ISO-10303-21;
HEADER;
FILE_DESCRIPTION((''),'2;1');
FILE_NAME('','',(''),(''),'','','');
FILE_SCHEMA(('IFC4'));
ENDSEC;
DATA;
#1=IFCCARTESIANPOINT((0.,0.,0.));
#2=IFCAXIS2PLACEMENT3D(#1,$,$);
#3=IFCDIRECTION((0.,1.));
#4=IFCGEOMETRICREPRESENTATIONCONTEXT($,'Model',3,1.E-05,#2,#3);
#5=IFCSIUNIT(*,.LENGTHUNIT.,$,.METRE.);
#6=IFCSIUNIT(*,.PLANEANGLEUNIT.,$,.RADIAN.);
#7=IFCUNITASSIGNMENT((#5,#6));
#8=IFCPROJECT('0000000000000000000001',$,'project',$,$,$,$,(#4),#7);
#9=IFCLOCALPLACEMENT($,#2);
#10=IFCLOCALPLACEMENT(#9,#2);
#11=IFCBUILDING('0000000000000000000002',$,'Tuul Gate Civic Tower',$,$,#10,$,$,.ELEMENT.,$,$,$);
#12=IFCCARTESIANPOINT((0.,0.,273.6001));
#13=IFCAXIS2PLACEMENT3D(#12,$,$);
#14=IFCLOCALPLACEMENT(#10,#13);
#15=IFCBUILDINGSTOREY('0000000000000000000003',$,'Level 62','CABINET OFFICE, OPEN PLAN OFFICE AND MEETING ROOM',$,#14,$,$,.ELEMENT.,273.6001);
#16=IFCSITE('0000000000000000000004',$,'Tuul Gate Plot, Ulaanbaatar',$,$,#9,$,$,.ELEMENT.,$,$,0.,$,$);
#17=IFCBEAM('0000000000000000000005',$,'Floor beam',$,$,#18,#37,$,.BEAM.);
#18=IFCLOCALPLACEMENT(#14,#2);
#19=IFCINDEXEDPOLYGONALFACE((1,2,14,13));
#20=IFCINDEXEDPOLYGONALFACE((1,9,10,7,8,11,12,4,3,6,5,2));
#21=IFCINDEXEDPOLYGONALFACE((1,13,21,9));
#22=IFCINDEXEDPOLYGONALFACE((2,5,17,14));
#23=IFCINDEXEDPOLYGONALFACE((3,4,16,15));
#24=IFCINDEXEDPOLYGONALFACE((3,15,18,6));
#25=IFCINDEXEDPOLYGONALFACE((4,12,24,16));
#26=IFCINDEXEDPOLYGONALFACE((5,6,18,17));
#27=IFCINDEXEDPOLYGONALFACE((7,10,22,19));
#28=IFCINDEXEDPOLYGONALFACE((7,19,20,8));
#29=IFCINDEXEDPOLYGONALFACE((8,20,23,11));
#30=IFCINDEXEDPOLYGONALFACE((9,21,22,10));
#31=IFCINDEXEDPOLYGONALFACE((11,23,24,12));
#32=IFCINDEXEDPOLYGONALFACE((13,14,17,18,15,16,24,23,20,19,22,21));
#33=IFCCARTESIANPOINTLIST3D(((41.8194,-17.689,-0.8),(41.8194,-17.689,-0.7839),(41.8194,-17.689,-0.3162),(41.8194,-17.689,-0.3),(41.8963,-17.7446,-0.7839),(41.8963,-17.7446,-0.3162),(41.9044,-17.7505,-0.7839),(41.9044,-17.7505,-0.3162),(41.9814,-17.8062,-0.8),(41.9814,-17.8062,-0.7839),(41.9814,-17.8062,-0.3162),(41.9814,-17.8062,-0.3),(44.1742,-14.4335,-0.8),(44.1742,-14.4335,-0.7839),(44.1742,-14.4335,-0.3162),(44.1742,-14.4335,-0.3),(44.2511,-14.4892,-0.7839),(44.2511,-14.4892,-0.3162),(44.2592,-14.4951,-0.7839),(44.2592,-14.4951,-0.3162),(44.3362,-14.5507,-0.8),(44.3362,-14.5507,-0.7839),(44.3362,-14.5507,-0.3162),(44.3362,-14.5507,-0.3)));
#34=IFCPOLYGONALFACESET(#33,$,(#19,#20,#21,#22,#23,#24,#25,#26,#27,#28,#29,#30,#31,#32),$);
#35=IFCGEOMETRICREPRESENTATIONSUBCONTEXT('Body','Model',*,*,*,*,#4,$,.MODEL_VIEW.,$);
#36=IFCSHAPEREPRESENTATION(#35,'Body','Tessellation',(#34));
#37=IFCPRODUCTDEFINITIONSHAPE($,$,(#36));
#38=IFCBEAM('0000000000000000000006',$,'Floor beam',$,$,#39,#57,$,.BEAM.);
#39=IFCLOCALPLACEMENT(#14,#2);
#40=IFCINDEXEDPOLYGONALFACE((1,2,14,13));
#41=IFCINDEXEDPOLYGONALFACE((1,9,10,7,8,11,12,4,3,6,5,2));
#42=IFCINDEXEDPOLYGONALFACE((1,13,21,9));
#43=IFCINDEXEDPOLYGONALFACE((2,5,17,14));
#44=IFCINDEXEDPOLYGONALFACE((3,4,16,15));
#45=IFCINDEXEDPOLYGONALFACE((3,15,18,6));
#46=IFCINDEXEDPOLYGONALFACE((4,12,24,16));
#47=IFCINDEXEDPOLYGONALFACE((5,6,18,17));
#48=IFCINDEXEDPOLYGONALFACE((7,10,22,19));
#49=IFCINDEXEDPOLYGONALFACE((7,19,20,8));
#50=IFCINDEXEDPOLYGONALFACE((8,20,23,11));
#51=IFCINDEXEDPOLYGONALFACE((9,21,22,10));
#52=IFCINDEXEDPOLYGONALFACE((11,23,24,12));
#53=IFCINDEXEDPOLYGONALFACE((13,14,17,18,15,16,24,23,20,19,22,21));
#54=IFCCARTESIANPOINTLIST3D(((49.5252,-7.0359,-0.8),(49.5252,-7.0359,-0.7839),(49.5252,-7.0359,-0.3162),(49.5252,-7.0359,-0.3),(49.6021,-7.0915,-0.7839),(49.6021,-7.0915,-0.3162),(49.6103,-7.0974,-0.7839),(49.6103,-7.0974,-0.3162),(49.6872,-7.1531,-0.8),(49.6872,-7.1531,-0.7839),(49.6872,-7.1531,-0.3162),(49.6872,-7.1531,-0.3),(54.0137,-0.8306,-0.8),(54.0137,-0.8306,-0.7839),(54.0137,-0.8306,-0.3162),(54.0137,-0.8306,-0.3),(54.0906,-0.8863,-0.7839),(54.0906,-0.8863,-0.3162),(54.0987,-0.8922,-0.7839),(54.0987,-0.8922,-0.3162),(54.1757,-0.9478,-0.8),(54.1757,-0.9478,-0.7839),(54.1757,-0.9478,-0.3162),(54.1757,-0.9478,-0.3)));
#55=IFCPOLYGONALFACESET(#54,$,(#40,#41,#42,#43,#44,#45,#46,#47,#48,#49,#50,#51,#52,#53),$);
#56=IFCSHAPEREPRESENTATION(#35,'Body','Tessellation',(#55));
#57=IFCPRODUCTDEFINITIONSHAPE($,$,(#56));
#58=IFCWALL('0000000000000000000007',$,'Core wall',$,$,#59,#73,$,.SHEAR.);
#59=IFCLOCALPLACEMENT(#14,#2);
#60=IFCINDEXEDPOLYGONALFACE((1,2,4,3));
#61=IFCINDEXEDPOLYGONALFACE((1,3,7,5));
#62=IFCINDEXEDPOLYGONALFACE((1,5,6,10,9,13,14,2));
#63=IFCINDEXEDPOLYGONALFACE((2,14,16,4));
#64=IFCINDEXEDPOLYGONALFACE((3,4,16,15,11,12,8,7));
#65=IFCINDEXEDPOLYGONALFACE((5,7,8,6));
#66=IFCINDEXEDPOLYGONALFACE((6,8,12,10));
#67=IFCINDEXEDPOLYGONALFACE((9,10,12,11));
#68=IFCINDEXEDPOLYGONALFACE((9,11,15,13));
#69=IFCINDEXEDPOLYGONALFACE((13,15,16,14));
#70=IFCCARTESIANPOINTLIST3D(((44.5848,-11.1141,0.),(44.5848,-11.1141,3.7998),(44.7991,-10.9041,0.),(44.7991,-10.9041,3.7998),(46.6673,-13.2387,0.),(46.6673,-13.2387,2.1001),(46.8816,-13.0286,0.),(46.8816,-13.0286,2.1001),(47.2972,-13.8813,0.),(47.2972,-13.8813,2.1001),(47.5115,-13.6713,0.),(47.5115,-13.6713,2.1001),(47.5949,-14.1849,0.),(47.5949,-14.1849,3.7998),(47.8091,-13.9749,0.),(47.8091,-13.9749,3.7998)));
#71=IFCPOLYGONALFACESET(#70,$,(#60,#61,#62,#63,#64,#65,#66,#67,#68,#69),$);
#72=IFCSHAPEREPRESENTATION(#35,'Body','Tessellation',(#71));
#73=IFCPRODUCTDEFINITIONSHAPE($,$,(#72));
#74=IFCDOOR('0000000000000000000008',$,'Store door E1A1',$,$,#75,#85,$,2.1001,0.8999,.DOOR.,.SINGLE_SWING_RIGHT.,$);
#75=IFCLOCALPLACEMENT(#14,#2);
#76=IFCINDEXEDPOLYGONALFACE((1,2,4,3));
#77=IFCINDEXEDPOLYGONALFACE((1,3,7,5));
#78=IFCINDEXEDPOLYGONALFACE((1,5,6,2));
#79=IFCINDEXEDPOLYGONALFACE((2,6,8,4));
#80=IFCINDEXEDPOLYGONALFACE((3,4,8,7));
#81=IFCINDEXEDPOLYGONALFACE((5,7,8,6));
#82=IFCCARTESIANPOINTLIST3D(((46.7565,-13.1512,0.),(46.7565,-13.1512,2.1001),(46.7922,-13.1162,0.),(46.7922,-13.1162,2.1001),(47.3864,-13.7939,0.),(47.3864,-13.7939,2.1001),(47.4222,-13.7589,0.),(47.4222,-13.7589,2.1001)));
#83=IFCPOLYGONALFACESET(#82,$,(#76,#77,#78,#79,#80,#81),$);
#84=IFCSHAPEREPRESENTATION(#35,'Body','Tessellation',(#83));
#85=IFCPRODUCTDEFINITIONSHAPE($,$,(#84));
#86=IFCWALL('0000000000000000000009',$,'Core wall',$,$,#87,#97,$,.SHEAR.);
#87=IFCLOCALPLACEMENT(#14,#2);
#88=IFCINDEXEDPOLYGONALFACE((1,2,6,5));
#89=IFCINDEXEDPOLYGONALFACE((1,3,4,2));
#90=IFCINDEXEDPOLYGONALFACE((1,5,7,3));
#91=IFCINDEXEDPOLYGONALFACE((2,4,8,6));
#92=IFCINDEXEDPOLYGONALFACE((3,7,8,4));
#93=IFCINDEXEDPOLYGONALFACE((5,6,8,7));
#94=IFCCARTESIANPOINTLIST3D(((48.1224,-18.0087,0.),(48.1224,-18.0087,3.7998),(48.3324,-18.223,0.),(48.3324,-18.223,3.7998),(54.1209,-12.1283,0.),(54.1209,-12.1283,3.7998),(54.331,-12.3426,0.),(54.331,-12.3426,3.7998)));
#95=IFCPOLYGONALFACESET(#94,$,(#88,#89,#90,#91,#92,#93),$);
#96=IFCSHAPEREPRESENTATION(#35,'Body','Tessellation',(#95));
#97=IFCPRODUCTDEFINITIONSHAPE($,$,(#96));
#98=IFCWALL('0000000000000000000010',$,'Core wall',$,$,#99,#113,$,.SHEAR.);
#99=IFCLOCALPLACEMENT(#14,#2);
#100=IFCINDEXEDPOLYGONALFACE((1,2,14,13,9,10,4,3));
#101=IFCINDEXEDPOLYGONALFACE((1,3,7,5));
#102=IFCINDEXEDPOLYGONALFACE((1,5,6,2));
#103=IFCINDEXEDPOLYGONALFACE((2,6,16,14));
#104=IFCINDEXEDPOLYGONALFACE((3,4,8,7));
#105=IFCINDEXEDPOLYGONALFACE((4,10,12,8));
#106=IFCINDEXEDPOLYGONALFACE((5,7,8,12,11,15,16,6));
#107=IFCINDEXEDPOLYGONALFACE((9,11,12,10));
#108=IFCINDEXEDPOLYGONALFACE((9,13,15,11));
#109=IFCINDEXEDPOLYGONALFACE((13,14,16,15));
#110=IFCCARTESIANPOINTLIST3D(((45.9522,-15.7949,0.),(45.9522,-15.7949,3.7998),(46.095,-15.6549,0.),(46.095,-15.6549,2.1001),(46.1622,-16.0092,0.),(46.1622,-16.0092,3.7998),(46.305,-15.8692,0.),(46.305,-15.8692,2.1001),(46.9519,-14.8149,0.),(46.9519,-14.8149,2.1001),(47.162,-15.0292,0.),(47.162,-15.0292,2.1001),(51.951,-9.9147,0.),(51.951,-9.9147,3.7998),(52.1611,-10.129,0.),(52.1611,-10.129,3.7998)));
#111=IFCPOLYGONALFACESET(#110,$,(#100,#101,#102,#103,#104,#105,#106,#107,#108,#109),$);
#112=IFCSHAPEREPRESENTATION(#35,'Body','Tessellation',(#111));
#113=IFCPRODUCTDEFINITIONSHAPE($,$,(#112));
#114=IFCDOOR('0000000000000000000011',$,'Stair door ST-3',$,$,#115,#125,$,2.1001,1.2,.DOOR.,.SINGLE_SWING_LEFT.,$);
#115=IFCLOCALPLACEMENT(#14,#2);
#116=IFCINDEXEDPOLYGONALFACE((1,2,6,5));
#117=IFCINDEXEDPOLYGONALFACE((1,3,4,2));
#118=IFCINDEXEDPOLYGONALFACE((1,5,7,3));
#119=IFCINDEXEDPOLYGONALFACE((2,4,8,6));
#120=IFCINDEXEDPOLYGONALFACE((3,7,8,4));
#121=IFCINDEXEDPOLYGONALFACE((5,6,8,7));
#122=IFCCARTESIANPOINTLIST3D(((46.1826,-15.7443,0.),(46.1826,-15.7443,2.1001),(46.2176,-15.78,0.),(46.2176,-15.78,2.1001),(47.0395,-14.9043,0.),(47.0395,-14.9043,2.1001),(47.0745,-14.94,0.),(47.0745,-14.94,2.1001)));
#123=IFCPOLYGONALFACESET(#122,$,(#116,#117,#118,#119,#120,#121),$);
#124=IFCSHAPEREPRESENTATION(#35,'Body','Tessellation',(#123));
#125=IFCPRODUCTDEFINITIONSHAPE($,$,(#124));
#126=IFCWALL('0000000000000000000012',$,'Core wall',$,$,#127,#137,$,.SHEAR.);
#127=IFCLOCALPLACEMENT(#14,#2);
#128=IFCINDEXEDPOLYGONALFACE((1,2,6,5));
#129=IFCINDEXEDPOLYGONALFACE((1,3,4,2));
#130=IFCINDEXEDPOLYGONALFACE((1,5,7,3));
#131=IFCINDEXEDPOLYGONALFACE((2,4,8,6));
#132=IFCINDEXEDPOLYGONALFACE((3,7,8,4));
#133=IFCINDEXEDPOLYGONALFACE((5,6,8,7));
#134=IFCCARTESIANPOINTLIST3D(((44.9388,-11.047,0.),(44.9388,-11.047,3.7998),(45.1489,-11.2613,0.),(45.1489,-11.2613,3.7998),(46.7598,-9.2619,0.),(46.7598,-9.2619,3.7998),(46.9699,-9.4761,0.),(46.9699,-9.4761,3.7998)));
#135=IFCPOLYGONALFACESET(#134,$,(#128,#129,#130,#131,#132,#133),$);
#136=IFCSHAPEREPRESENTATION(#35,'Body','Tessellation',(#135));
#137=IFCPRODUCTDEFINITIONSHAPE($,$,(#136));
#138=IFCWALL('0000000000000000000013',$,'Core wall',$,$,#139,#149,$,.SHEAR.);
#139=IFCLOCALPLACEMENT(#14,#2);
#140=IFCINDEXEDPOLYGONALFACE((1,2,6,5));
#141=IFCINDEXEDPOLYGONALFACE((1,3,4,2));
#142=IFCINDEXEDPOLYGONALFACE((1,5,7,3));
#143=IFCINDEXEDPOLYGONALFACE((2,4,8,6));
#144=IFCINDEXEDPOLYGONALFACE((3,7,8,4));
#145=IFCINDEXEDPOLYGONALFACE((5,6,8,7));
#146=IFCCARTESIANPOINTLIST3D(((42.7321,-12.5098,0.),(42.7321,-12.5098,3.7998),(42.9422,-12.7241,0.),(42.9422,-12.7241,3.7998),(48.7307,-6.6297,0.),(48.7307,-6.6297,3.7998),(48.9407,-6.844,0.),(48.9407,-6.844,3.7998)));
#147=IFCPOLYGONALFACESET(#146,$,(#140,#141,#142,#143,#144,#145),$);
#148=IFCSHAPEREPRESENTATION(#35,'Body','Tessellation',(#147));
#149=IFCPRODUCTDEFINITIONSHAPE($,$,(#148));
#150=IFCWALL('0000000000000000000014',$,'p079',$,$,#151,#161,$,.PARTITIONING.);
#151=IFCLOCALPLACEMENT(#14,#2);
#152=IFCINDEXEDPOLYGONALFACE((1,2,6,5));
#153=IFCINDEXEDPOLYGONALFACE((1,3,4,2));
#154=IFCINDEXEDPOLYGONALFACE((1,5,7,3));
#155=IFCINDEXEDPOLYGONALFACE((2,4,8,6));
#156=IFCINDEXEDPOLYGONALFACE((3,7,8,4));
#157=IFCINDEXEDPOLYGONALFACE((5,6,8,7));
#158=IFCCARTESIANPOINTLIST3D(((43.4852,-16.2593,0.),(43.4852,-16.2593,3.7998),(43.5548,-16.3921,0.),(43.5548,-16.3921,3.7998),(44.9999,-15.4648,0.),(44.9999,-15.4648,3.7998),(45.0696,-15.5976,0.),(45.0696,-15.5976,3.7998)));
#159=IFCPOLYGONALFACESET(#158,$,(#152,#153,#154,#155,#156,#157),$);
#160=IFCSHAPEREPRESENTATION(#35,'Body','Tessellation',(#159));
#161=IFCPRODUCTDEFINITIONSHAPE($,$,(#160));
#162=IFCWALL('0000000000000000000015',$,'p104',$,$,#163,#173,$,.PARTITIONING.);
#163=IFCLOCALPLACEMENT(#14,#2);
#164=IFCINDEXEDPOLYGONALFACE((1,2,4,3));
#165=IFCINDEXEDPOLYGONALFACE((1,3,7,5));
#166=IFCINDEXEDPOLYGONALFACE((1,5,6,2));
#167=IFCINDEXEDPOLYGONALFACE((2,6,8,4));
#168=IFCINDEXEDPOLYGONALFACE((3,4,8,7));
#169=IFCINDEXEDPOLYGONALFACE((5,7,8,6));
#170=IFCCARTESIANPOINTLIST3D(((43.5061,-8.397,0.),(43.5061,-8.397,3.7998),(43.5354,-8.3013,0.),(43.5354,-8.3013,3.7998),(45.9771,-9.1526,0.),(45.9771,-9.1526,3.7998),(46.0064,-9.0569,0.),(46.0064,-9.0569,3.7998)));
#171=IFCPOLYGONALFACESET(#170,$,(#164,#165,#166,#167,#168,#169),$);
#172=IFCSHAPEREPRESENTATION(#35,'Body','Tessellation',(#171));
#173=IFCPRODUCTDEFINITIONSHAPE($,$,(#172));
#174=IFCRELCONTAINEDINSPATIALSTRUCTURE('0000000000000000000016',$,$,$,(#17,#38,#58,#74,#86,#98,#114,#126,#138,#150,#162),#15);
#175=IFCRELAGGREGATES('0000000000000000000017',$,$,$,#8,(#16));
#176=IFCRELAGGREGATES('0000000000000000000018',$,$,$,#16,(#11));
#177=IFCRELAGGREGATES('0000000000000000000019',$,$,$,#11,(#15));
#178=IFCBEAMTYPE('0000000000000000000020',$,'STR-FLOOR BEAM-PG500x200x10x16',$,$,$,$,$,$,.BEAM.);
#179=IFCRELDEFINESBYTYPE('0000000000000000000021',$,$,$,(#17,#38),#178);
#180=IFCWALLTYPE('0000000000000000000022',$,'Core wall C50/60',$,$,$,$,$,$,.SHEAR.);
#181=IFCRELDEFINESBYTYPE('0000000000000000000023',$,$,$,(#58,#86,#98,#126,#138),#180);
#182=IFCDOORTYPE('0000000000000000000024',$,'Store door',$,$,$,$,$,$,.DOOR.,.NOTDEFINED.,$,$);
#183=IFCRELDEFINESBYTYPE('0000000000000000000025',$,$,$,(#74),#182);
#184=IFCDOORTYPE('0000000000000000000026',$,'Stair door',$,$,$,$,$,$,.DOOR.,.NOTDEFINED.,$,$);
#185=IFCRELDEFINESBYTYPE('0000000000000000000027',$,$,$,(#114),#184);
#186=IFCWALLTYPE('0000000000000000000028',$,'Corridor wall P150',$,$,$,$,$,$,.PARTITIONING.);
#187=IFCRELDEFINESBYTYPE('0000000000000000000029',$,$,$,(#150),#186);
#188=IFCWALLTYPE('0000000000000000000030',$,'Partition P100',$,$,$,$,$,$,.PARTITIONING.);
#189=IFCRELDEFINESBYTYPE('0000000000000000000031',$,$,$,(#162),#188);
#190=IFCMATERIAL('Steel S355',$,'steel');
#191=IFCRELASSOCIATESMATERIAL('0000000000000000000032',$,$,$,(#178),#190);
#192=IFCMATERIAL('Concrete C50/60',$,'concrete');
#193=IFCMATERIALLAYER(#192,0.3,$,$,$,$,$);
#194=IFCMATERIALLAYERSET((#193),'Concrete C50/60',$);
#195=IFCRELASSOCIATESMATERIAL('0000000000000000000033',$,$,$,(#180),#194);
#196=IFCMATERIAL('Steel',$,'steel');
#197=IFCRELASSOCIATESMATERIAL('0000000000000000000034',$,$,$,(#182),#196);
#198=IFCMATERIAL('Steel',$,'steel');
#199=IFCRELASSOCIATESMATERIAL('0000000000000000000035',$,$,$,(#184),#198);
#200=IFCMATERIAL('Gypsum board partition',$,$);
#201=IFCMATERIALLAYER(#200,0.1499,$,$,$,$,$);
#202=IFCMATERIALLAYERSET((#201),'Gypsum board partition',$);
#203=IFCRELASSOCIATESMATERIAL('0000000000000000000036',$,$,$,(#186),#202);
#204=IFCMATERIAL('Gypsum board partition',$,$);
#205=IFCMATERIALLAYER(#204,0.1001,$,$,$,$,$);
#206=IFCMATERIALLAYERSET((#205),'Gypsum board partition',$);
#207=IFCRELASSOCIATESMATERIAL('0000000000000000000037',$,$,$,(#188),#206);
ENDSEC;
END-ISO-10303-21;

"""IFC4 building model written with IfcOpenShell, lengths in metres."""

from ifc_helpers import new_model, si_unit, direction, frame, frame_2d, origin, origin_2d, place, context, subcontext, project, spatial, rectangle, i_section, extrude, material, layer, layer_set, material_profile, profile_set, type_object, element, fill, save


model = new_model("IFC4")

# Units and contexts
model_context = context("Model", 3, precision=1e-05, world=origin(), true_north=direction((0.0, 1.0)))
body_context = subcontext(model_context, "Body", "Model", "MODEL_VIEW")
ifc_project = project(units=[si_unit("LENGTHUNIT", "METRE"), si_unit("PLANEANGLEUNIT", "RADIAN")], contexts=[model_context])

# Site, building, storey
site_placement = place(None, origin())
site = spatial("IfcSite", under=ifc_project, at=site_placement, Name="Tuul Gate Plot, Ulaanbaatar", CompositionType="ELEMENT", RefElevation=0.0)
building_placement = place(site_placement, origin())
building = spatial("IfcBuilding", under=site, at=building_placement, Name="Tuul Gate Civic Tower", CompositionType="ELEMENT")
storey_placement = place(building_placement, frame((0.0, 0.0, 273.6001)))
storey = spatial("IfcBuildingStorey", under=building, at=storey_placement, Name="Level 62", Description="CABINET OFFICE, OPEN PLAN OFFICE AND MEETING ROOM", CompositionType="ELEMENT", Elevation=273.6001)

# Beams
ifc_material_1 = material(Name="Steel S355", Category="steel")
ifc_material_profile = material_profile(ifc_material_1, i_section(OverallWidth=0.2, OverallDepth=0.5, WebThickness=0.01, FlangeThickness=0.0161, at=origin_2d()), Name="PG500x200x10x16")
ifc_profile_set = profile_set([ifc_material_profile], Name="Steel S355")
beam_type = type_object("IfcBeamType", Name="STR-FLOOR BEAM-PG500x200x10x16", PredefinedType="BEAM", material=ifc_profile_set)
beam_1_placement = place(storey_placement, frame((41.9004, -17.7476, -0.55), z_axis=(0.586085, 0.81025, 0.0), x_axis=(-0.81025, 0.586085, 0.0)))
element("IfcBeam", 1, at=beam_1_placement, inside=storey, type_object=beam_type, Name="Floor beam", PredefinedType="BEAM", context=body_context, shape_type="SweptSolid", body=[
    extrude(i_section(OverallWidth=0.2, OverallDepth=0.5, WebThickness=0.01, FlangeThickness=0.0161, at=origin_2d()), origin(), (0.0, 0.0, 1.0), 4.0178),
])
beam_2_placement = place(storey_placement, frame((49.6062, -7.0945, -0.55), z_axis=(0.586083, 0.810251, 0.0), x_axis=(-0.810251, 0.586083, 0.0)))
element("IfcBeam", 2, at=beam_2_placement, inside=storey, type_object=beam_type, Name="Floor beam", PredefinedType="BEAM", context=body_context, shape_type="SweptSolid", body=[
    extrude(i_section(OverallWidth=0.2, OverallDepth=0.5, WebThickness=0.01, FlangeThickness=0.0161, at=origin_2d()), origin(), (0.0, 0.0, 1.0), 7.6584),
])

# Wall, opening, door
ifc_material_2 = material(Name="Concrete C50/60", Category="concrete")
ifc_layer_1 = layer(ifc_material_2, 0.3)
ifc_layer_set_1 = layer_set([ifc_layer_1], Name="Concrete C50/60")
wall_type_1 = type_object("IfcWallType", Name="Core wall C50/60", PredefinedType="SHEAR", material=ifc_layer_set_1)
wall_1_placement = place(storey_placement, frame((47.7019, -14.0798, 0.0), z_axis=(0.0, 0.0, 1.0), x_axis=(-0.700003, 0.71414, 0.0)))
wall_1 = element("IfcWall", 3, at=wall_1_placement, inside=storey, type_object=wall_type_1, Name="Core wall", PredefinedType="SHEAR", context=body_context, shape_type="SweptSolid", body=[
    extrude(rectangle(XDim=4.3, YDim=0.3, at=frame_2d((2.1499, 0.0))), origin(), (0.0, 0.0, 1.0), 3.7998),
])
opening_1_placement = place(wall_1_placement, frame((0.425, 0.0, 0.0)))
opening_1 = element("IfcOpeningElement", 4, at=opening_1_placement, cuts=wall_1, PredefinedType="OPENING", context=body_context, shape_type="SweptSolid", body=[
    extrude(rectangle(XDim=0.8999, YDim=2.1001, at=frame_2d((0.45, 1.05))), frame((0.0, 0.1602, 0.0), z_axis=(0.0, -1.0, 0.0), x_axis=(1.0, 0.0, 0.0)), (0.0, 0.0, 1.0), 0.3201),
])
ifc_material_3 = material(Name="Steel", Category="steel")
door_type_1 = type_object("IfcDoorType", Name="Store door", OperationType="NOTDEFINED", PredefinedType="DOOR", material=ifc_material_3)
door_1_placement = place(opening_1_placement, frame((0.8999, 0.0, 0.0), z_axis=(0.0, 0.0, 1.0), x_axis=(-1.0, 0.0, 0.0)))
door_1 = element("IfcDoor", 5, at=door_1_placement, inside=storey, type_object=door_type_1, Name="Store door E1A1", OperationType="SINGLE_SWING_RIGHT", OverallHeight=2.1001, OverallWidth=0.8999, PredefinedType="DOOR", context=body_context, shape_type="SweptSolid", body=[
    extrude(rectangle(XDim=0.8999, YDim=2.1001, at=frame_2d((0.45, 1.05))), frame((0.0, 0.0249, 0.0), z_axis=(0.0, -1.0, 0.0), x_axis=(1.0, 0.0, 0.0)), (0.0, 0.0, 1.0), 0.05),
])
fill(opening_1, door_1)

# Wall
wall_2_placement = place(storey_placement, frame((48.2273, -18.116, 0.0), z_axis=(0.0, 0.0, 1.0), x_axis=(0.714105, 0.700038, 0.0)))
element("IfcWall", 6, at=wall_2_placement, inside=storey, type_object=wall_type_1, Name="Core wall", PredefinedType="SHEAR", context=body_context, shape_type="SweptSolid", body=[
    extrude(rectangle(XDim=8.4001, YDim=0.3, at=frame_2d((4.2002, 0.0))), origin(), (0.0, 0.0, 1.0), 3.7998),
])

# Wall, opening, door
wall_3_placement = place(storey_placement, frame((46.0571, -15.9021, 0.0), z_axis=(0.0, 0.0, 1.0), x_axis=(0.714134, 0.700009, 0.0)))
wall_3 = element("IfcWall", 7, at=wall_3_placement, inside=storey, type_object=wall_type_1, Name="Core wall", PredefinedType="SHEAR", context=body_context, shape_type="SweptSolid", body=[
    extrude(rectangle(XDim=8.4001, YDim=0.3, at=frame_2d((4.2002, 0.0))), origin(), (0.0, 0.0, 1.0), 3.7998),
])
opening_2_placement = place(wall_3_placement, frame((0.2, 0.0, 0.0)))
opening_2 = element("IfcOpeningElement", 8, at=opening_2_placement, cuts=wall_3, PredefinedType="OPENING", context=body_context, shape_type="SweptSolid", body=[
    extrude(rectangle(XDim=1.2, YDim=2.1001, at=frame_2d((0.6001, 1.05))), frame((0.0, 0.1602, 0.0), z_axis=(0.0, -1.0, 0.0), x_axis=(1.0, 0.0, 0.0)), (0.0, 0.0, 1.0), 0.3201),
])
ifc_material_4 = material(Name="Steel", Category="steel")
door_type_2 = type_object("IfcDoorType", Name="Stair door", OperationType="NOTDEFINED", PredefinedType="DOOR", material=ifc_material_4)
door_2_placement = place(opening_2_placement, origin())
door_2 = element("IfcDoor", 9, at=door_2_placement, inside=storey, type_object=door_type_2, Name="Stair door ST-3", OperationType="SINGLE_SWING_LEFT", OverallHeight=2.1001, OverallWidth=1.2, PredefinedType="DOOR", context=body_context, shape_type="SweptSolid", body=[
    extrude(rectangle(XDim=1.2, YDim=2.1001, at=frame_2d((0.6001, 1.05))), frame((0.0, 0.0249, 0.0), z_axis=(0.0, -1.0, 0.0), x_axis=(1.0, 0.0, 0.0)), (0.0, 0.0, 1.0), 0.05),
])
fill(opening_2, door_2)

# Walls
wall_4_placement = place(storey_placement, frame((45.0439, -11.1541, 0.0), z_axis=(0.0, 0.0, 1.0), x_axis=(0.714108, 0.700035, 0.0)))
element("IfcWall", 10, at=wall_4_placement, inside=storey, type_object=wall_type_1, Name="Core wall", PredefinedType="SHEAR", context=body_context, shape_type="SweptSolid", body=[
    extrude(rectangle(XDim=2.55, YDim=0.3, at=frame_2d((1.2749, 0.0))), origin(), (0.0, 0.0, 1.0), 3.7998),
])
wall_5_placement = place(storey_placement, frame((42.8372, -12.6169, 0.0), z_axis=(0.0, 0.0, 1.0), x_axis=(0.71412, 0.700023, 0.0)))
element("IfcWall", 11, at=wall_5_placement, inside=storey, type_object=wall_type_1, Name="Core wall", PredefinedType="SHEAR", context=body_context, shape_type="SweptSolid", body=[
    extrude(rectangle(XDim=8.3999, YDim=0.3, at=frame_2d((4.2, 0.0))), origin(), (0.0, 0.0, 1.0), 3.7998),
])
ifc_material_5 = material(Name="Gypsum board partition")
ifc_layer_2 = layer(ifc_material_5, 0.1499)
ifc_layer_set_2 = layer_set([ifc_layer_2], Name="Gypsum board partition")
wall_type_2 = type_object("IfcWallType", Name="Corridor wall P150", PredefinedType="PARTITIONING", material=ifc_layer_set_2)
wall_6_placement = place(storey_placement, frame((43.52, -16.3257, 0.0), z_axis=(0.0, 0.0, 1.0), x_axis=(0.88558, 0.464487, 0.0)))
element("IfcWall", 12, at=wall_6_placement, inside=storey, type_object=wall_type_2, Name="p079", PredefinedType="PARTITIONING", context=body_context, shape_type="SweptSolid", body=[
    extrude(rectangle(XDim=1.7104, YDim=0.1499, at=frame_2d((0.8552, 0.0))), origin(), (0.0, 0.0, 1.0), 3.7998),
])
ifc_material_6 = material(Name="Gypsum board partition")
ifc_layer_3 = layer(ifc_material_6, 0.1001)
ifc_layer_set_3 = layer_set([ifc_layer_3], Name="Gypsum board partition")
wall_type_3 = type_object("IfcWallType", Name="Partition P100", PredefinedType="PARTITIONING", material=ifc_layer_set_3)
wall_7_placement = place(storey_placement, frame((43.5208, -8.3491, 0.0), z_axis=(0.0, 0.0, 1.0), x_axis=(0.956286, -0.292432, 0.0)))
element("IfcWall", 13, at=wall_7_placement, inside=storey, type_object=wall_type_3, Name="p104", PredefinedType="PARTITIONING", context=body_context, shape_type="SweptSolid", body=[
    extrude(rectangle(XDim=2.584, YDim=0.1001, at=frame_2d((1.292, 0.0))), origin(), (0.0, 0.0, 1.0), 3.7998),
])

save(model, "model.ifc")
